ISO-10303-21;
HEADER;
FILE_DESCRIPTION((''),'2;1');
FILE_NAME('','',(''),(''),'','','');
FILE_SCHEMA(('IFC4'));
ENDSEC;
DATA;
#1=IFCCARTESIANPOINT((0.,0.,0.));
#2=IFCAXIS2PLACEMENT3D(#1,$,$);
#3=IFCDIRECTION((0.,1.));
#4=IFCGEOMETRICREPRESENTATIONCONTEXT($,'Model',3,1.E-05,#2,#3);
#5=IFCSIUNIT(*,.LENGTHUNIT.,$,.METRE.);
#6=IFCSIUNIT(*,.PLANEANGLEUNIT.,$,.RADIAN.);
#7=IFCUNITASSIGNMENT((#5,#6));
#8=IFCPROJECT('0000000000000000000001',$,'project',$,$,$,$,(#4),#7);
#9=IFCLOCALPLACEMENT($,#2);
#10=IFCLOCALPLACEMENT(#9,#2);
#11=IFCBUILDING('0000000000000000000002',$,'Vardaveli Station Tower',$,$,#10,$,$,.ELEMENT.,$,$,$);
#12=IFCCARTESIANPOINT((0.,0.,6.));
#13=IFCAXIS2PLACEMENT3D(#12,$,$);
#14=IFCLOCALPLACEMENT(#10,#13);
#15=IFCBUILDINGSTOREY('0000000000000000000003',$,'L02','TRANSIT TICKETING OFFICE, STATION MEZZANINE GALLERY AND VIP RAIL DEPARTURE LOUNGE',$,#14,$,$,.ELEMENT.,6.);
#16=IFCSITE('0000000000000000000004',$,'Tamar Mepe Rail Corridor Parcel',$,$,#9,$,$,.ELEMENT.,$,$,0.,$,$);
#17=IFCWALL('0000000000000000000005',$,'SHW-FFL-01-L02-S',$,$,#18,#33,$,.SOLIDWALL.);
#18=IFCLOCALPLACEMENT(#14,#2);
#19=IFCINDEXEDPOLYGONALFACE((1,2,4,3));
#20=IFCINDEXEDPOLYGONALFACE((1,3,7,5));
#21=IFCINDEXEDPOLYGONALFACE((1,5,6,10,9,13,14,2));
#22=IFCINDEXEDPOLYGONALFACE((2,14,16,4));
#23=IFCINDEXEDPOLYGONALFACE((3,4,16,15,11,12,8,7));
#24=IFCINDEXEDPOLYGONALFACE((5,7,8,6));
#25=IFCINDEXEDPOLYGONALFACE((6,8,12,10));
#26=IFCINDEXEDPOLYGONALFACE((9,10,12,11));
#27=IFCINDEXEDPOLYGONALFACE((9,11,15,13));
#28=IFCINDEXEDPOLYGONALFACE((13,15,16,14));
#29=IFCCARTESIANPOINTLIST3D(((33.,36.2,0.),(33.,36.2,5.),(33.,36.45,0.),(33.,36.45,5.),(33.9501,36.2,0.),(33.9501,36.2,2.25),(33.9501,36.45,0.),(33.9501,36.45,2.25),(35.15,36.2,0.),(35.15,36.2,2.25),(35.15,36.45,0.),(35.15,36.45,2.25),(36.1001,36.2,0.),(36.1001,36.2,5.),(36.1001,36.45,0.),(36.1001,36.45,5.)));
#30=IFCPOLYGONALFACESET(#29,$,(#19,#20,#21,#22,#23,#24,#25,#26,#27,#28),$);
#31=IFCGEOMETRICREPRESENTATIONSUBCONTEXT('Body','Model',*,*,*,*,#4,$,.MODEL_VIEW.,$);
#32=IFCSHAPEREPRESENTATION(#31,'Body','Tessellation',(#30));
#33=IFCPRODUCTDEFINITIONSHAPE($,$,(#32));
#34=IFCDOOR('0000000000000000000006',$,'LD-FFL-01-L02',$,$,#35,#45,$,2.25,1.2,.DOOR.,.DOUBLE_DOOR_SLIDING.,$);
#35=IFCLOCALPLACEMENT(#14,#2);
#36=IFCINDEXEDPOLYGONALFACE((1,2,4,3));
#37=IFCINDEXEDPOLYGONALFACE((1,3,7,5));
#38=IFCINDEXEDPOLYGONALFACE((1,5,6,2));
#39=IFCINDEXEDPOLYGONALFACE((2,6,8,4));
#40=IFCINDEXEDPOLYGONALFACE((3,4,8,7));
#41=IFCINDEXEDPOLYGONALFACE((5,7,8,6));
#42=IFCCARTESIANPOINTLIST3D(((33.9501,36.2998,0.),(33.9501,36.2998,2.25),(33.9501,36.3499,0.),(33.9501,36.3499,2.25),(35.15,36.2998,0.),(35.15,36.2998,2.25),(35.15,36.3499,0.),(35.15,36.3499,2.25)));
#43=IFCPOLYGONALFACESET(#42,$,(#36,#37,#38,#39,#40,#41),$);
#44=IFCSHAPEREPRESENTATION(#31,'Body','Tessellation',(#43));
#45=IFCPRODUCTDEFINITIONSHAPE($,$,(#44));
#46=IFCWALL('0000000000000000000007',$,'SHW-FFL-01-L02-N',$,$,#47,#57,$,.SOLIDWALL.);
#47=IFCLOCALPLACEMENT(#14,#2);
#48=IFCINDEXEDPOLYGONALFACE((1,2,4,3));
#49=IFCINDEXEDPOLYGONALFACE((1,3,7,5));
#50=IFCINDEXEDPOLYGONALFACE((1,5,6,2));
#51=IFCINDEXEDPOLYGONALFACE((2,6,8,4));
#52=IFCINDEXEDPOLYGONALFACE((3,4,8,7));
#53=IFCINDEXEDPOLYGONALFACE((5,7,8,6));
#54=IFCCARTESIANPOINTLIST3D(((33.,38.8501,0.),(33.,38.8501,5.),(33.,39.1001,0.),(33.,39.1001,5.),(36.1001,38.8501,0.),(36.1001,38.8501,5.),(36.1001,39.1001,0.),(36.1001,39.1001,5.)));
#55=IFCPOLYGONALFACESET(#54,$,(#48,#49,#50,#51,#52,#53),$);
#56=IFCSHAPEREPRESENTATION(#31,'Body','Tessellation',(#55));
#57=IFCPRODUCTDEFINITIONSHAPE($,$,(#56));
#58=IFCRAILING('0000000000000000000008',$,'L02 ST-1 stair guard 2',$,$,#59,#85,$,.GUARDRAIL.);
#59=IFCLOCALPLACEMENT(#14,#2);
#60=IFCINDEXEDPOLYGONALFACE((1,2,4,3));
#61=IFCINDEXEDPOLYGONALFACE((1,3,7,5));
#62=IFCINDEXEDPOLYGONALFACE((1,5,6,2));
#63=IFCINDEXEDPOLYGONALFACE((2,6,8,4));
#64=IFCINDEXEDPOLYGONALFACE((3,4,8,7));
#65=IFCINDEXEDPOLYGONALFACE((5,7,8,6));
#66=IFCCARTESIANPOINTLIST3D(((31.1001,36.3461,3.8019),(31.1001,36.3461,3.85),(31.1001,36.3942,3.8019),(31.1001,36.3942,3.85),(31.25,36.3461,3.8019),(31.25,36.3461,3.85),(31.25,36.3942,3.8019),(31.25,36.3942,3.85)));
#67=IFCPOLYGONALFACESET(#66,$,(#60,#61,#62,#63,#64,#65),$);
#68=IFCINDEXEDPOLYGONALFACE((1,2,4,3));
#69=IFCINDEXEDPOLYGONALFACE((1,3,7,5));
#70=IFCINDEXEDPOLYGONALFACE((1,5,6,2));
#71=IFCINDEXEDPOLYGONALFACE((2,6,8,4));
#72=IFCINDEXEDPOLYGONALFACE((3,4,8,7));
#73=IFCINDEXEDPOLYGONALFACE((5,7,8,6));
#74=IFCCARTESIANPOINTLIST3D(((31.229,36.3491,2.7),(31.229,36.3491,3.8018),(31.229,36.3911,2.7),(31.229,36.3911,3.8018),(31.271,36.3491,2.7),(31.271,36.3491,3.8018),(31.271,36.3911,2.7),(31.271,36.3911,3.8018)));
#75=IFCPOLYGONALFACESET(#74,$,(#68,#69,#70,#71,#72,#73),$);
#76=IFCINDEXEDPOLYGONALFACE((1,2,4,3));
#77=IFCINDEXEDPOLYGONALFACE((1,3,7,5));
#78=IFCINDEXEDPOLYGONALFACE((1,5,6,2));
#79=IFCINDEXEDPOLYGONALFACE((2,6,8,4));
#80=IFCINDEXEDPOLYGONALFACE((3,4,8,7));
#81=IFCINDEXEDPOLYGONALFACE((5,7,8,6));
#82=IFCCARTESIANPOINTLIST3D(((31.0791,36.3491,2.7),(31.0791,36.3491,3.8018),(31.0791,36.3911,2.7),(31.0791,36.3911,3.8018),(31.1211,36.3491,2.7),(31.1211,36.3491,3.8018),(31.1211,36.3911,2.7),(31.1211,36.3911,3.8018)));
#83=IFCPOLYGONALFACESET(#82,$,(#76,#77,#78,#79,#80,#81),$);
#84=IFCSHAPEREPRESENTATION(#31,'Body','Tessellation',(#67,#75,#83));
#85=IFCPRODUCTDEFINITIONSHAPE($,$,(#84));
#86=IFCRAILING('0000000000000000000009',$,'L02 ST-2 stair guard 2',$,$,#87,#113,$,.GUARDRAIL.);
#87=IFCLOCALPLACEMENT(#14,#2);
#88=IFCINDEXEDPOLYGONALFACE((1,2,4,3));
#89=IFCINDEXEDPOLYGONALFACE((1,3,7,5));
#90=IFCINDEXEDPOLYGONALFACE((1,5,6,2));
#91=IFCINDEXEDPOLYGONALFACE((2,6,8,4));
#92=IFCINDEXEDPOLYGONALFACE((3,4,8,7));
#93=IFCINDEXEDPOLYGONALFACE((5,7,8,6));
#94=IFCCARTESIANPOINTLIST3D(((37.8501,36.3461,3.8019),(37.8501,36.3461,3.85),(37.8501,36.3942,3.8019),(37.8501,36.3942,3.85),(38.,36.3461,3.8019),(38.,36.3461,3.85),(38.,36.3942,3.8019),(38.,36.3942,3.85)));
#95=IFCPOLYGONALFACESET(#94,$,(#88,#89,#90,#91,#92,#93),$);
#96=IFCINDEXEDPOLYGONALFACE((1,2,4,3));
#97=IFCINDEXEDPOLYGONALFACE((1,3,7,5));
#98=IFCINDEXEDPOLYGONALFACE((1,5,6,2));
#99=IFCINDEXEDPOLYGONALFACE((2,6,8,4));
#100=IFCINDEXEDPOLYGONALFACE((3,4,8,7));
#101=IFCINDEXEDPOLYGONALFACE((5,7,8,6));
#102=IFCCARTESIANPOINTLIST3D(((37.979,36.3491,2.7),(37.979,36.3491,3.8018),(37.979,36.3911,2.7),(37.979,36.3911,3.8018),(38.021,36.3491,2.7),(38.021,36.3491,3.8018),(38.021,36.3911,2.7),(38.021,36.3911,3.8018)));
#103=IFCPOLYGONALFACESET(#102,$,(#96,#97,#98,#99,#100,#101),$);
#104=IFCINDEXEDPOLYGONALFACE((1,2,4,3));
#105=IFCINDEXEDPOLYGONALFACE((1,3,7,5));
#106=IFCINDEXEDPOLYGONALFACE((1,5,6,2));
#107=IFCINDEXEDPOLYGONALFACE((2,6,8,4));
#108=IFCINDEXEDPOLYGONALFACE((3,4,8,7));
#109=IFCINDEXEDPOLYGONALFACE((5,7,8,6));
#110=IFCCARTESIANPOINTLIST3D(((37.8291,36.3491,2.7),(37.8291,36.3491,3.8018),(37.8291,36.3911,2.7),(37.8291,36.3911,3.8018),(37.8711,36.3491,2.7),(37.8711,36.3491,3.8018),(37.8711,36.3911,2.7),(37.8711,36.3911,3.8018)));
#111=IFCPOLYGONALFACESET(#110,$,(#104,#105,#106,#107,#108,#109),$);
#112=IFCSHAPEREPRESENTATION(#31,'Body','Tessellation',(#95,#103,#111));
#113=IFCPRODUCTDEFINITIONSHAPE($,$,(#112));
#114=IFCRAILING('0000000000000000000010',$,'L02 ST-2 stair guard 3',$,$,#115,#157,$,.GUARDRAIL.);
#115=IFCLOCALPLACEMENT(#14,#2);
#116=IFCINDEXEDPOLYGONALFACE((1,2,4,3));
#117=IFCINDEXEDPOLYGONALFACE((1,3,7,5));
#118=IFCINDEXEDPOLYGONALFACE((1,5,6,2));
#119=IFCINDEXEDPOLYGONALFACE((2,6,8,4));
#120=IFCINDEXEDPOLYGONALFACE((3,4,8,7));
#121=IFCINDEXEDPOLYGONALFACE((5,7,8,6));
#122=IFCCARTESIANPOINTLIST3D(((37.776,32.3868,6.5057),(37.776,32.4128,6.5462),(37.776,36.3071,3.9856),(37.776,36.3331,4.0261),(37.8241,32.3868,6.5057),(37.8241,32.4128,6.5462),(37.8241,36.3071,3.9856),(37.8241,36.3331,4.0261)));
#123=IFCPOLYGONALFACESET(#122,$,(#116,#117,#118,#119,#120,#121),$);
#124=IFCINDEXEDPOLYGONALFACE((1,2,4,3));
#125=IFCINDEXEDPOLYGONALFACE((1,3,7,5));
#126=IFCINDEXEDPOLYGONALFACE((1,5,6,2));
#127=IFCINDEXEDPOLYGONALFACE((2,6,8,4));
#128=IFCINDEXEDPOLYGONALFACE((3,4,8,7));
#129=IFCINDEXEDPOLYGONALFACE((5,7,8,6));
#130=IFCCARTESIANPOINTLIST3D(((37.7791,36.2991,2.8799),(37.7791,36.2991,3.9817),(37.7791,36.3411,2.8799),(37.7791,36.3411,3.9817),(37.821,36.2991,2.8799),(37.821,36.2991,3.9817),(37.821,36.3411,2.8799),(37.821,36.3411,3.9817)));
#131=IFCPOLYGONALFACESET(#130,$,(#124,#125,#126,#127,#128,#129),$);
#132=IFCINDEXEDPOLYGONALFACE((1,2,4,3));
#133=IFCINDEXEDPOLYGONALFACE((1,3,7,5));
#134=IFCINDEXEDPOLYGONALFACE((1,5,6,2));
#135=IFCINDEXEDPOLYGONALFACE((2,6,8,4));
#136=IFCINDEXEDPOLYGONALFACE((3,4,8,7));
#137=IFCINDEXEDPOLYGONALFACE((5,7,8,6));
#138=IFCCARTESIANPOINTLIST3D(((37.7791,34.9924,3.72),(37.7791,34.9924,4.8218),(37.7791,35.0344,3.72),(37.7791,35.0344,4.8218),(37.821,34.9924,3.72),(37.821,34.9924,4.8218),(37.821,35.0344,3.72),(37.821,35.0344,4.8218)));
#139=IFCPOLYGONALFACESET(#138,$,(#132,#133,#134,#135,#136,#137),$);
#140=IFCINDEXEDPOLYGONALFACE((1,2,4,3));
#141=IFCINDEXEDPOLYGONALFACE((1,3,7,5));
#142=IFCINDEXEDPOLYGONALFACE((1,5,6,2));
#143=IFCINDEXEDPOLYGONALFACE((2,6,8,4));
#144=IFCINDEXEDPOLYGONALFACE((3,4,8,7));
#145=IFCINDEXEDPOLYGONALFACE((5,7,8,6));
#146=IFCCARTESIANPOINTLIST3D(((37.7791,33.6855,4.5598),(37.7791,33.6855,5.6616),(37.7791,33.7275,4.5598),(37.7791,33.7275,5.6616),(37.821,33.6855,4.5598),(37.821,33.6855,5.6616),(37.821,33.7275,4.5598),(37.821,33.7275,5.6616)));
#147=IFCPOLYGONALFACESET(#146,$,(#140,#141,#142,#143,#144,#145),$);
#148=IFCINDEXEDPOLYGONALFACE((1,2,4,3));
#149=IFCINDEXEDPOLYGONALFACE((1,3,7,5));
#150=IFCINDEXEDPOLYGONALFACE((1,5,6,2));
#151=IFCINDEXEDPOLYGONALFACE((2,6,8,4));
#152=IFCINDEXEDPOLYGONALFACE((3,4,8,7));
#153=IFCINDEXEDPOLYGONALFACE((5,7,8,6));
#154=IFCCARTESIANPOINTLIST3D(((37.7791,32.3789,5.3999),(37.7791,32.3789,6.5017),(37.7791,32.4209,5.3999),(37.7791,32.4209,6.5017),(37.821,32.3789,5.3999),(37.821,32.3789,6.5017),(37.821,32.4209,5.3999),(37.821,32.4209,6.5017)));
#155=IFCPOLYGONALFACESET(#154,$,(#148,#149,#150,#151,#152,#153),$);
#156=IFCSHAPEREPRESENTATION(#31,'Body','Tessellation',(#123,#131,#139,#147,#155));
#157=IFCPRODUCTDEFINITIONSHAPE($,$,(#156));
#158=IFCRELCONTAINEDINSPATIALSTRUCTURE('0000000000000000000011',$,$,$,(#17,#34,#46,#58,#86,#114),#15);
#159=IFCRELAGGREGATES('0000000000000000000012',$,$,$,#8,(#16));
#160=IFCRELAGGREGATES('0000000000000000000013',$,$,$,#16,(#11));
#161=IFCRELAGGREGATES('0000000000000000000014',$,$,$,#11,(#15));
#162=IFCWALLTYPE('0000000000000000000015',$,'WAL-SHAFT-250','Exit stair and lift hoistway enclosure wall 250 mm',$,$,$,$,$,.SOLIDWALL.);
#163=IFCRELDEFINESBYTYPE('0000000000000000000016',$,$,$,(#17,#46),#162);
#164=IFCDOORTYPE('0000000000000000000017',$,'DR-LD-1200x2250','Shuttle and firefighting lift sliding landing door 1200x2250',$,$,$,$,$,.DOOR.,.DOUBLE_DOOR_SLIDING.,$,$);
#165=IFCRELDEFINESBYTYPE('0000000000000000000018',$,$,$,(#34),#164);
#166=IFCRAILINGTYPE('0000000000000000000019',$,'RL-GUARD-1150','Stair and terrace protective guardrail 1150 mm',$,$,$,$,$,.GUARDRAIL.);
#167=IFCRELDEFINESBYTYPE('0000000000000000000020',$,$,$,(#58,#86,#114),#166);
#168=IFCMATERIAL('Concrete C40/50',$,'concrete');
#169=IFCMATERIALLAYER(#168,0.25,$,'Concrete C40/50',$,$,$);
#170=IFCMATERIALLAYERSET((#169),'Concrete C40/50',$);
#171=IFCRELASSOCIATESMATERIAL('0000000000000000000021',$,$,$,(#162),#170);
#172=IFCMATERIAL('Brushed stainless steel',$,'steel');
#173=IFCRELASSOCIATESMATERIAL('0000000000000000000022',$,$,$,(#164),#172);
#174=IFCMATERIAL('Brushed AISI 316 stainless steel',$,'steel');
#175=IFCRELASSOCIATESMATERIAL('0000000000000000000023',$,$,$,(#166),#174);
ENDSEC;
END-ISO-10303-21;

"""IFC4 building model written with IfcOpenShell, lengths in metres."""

from ifc_helpers import new_model, si_unit, direction, frame, frame_2d, origin, origin_2d, place, context, subcontext, project, spatial, rectangle, extrude, source, transform, mapped, material, layer, layer_set, type_object, element, fill, save


model = new_model("IFC4")

# Units and contexts
model_context = context("Model", 3, precision=1e-05, world=origin(), true_north=direction((0.0, 1.0)))
body_context = subcontext(model_context, "Body", "Model", "MODEL_VIEW")
ifc_project = project(units=[si_unit("LENGTHUNIT", "METRE"), si_unit("PLANEANGLEUNIT", "RADIAN")], contexts=[model_context])

# Site, building, storey
site_placement = place(None, origin())
site = spatial("IfcSite", under=ifc_project, at=site_placement, Name="Tamar Mepe Rail Corridor Parcel", CompositionType="ELEMENT", RefElevation=0.0)
building_placement = place(site_placement, origin())
building = spatial("IfcBuilding", under=site, at=building_placement, Name="Vardaveli Station Tower", CompositionType="ELEMENT")
storey_placement = place(building_placement, frame((0.0, 0.0, 6.0)))
storey = spatial("IfcBuildingStorey", under=building, at=storey_placement, Name="L02", Description="TRANSIT TICKETING OFFICE, STATION MEZZANINE GALLERY AND VIP RAIL DEPARTURE LOUNGE", CompositionType="ELEMENT", Elevation=6.0)

# Shared definitions
ifc_material_1 = material(Name="Concrete C40/50", Category="concrete")
ifc_layer_1 = layer(ifc_material_1, 0.25, Name="Concrete C40/50")
ifc_layer_set_1 = layer_set([ifc_layer_1], Name="Concrete C40/50")
wall_type_1 = type_object("IfcWallType", Name="WAL-SHAFT-250", Description="Exit stair and lift hoistway enclosure wall 250 mm", PredefinedType="SOLIDWALL", material=ifc_layer_set_1)

# Wall, opening, door
shared_shape_1 = source(origin(), body_context, "Body", "SweptSolid", [
    extrude(rectangle(XDim=3.1001, YDim=0.25, at=frame_2d((1.55, 0.0))), origin(), (0.0, 0.0, 1.0), 5.0),
])
wall_1_placement = place(storey_placement, frame((33.0, 36.325, 0.0), z_axis=(0.0, 0.0, 1.0), x_axis=(1.0, 0.0, 0.0)))
wall_1 = element("IfcWall", 1, at=wall_1_placement, inside=storey, type_object=wall_type_1, Name="SHW-FFL-01-L02-S", PredefinedType="SOLIDWALL", context=body_context, shape_type="MappedRepresentation", body=[
    mapped(shared_shape_1, transform((0.0, 0.0, 0.0), scale=1.0)),
])
shared_shape_2 = source(origin(), body_context, "Body", "SweptSolid", [
    extrude(rectangle(XDim=1.2, YDim=2.25, at=frame_2d((0.6001, 1.125))), frame((0.0, 0.135, 0.0), z_axis=(0.0, -1.0, 0.0), x_axis=(1.0, 0.0, 0.0)), (0.0, 0.0, 1.0), 0.27),
])
opening_1_placement = place(wall_1_placement, frame((0.95, 0.0, 0.0)))
opening_1 = element("IfcOpeningElement", 2, at=opening_1_placement, cuts=wall_1, PredefinedType="OPENING", context=body_context, shape_type="MappedRepresentation", body=[
    mapped(shared_shape_2, transform((0.0, 0.0, 0.0), scale=1.0)),
])
ifc_material_2 = material(Name="Brushed stainless steel", Category="steel")
door_type = type_object("IfcDoorType", Name="DR-LD-1200x2250", Description="Shuttle and firefighting lift sliding landing door 1200x2250", OperationType="DOUBLE_DOOR_SLIDING", PredefinedType="DOOR", material=ifc_material_2)
shared_shape_3 = source(origin(), body_context, "Body", "SweptSolid", [
    extrude(rectangle(XDim=1.2, YDim=2.25, at=frame_2d((0.6001, 1.125))), frame((0.0, 0.0249, 0.0), z_axis=(0.0, -1.0, 0.0), x_axis=(1.0, 0.0, 0.0)), (0.0, 0.0, 1.0), 0.05),
])
door_placement = place(opening_1_placement, origin())
door = element("IfcDoor", 3, at=door_placement, inside=storey, type_object=door_type, Name="LD-FFL-01-L02", OperationType="DOUBLE_DOOR_SLIDING", OverallHeight=2.25, OverallWidth=1.2, PredefinedType="DOOR", context=body_context, shape_type="MappedRepresentation", body=[
    mapped(shared_shape_3, transform((0.0, 0.0, 0.0), scale=1.0)),
])
fill(opening_1, door)

# Wall
wall_2_placement = place(storey_placement, frame((33.0, 38.9751, 0.0), z_axis=(0.0, 0.0, 1.0), x_axis=(1.0, 0.0, 0.0)))
element("IfcWall", 4, at=wall_2_placement, inside=storey, type_object=wall_type_1, Name="SHW-FFL-01-L02-N", PredefinedType="SOLIDWALL", context=body_context, shape_type="MappedRepresentation", body=[
    mapped(shared_shape_1, transform((0.0, 0.0, 0.0), scale=1.0)),
])

# Railings
ifc_material_3 = material(Name="Brushed AISI 316 stainless steel", Category="steel")
railing_type = type_object("IfcRailingType", Name="RL-GUARD-1150", Description="Stair and terrace protective guardrail 1150 mm", PredefinedType="GUARDRAIL", material=ifc_material_3)
shared_shape_4 = source(origin(), body_context, "Body", "SweptSolid", [
    extrude(rectangle(XDim=0.0481, YDim=0.0481, at=origin_2d()), frame((0.0, 0.0, 1.126), z_axis=(-1.0, 0.0, 0.0), x_axis=(0.0, -1.0, 0.0)), (0.0, 0.0, 1.0), 0.1499),
    extrude(rectangle(XDim=0.042, YDim=0.042, at=origin_2d()), origin(), (0.0, 0.0, 1.0), 1.1018),
    extrude(rectangle(XDim=0.042, YDim=0.042, at=origin_2d()), frame((-0.1499, 0.0, 0.0)), (0.0, 0.0, 1.0), 1.1018),
])
for number, where, name in (
    (5, (31.25, 36.3701, 2.7), "L02 ST-1 stair guard 2"),
    (6, (38.0, 36.3701, 2.7), "L02 ST-2 stair guard 2"),
):
    element("IfcRailing", number, at=place(storey_placement, frame(where)), inside=storey, type_object=railing_type, Name=name, PredefinedType="GUARDRAIL", context=body_context, shape_type="MappedRepresentation", body=[
        mapped(shared_shape_4, transform((0.0, 0.0, 0.0), scale=1.0)),
    ])
shared_shape_5 = source(origin(), body_context, "Body", "SweptSolid", [
    extrude(rectangle(XDim=0.0481, YDim=0.0481, at=origin_2d()), frame((0.0, 0.0, 1.126), z_axis=(0.0, -0.841187, 0.540744), x_axis=(1.0, 0.0, 0.0)), (0.0, 0.0, 1.0), 4.6604),
    extrude(rectangle(XDim=0.042, YDim=0.042, at=origin_2d()), origin(), (0.0, 0.0, 1.0), 1.1018),
    extrude(rectangle(XDim=0.042, YDim=0.042, at=origin_2d()), frame((0.0, -1.3066, 0.8401)), (0.0, 0.0, 1.0), 1.1018),
    extrude(rectangle(XDim=0.042, YDim=0.042, at=origin_2d()), frame((0.0, -2.6135, 1.6799)), (0.0, 0.0, 1.0), 1.1018),
    extrude(rectangle(XDim=0.042, YDim=0.042, at=origin_2d()), frame((0.0, -3.9202, 2.52)), (0.0, 0.0, 1.0), 1.1018),
])
railing_placement = place(storey_placement, frame((37.8, 36.3201, 2.8799)))
element("IfcRailing", 7, at=railing_placement, inside=storey, type_object=railing_type, Name="L02 ST-2 stair guard 3", PredefinedType="GUARDRAIL", context=body_context, shape_type="MappedRepresentation", body=[
    mapped(shared_shape_5, transform((0.0, 0.0, 0.0), scale=1.0)),
])

save(model, "model.ifc")
